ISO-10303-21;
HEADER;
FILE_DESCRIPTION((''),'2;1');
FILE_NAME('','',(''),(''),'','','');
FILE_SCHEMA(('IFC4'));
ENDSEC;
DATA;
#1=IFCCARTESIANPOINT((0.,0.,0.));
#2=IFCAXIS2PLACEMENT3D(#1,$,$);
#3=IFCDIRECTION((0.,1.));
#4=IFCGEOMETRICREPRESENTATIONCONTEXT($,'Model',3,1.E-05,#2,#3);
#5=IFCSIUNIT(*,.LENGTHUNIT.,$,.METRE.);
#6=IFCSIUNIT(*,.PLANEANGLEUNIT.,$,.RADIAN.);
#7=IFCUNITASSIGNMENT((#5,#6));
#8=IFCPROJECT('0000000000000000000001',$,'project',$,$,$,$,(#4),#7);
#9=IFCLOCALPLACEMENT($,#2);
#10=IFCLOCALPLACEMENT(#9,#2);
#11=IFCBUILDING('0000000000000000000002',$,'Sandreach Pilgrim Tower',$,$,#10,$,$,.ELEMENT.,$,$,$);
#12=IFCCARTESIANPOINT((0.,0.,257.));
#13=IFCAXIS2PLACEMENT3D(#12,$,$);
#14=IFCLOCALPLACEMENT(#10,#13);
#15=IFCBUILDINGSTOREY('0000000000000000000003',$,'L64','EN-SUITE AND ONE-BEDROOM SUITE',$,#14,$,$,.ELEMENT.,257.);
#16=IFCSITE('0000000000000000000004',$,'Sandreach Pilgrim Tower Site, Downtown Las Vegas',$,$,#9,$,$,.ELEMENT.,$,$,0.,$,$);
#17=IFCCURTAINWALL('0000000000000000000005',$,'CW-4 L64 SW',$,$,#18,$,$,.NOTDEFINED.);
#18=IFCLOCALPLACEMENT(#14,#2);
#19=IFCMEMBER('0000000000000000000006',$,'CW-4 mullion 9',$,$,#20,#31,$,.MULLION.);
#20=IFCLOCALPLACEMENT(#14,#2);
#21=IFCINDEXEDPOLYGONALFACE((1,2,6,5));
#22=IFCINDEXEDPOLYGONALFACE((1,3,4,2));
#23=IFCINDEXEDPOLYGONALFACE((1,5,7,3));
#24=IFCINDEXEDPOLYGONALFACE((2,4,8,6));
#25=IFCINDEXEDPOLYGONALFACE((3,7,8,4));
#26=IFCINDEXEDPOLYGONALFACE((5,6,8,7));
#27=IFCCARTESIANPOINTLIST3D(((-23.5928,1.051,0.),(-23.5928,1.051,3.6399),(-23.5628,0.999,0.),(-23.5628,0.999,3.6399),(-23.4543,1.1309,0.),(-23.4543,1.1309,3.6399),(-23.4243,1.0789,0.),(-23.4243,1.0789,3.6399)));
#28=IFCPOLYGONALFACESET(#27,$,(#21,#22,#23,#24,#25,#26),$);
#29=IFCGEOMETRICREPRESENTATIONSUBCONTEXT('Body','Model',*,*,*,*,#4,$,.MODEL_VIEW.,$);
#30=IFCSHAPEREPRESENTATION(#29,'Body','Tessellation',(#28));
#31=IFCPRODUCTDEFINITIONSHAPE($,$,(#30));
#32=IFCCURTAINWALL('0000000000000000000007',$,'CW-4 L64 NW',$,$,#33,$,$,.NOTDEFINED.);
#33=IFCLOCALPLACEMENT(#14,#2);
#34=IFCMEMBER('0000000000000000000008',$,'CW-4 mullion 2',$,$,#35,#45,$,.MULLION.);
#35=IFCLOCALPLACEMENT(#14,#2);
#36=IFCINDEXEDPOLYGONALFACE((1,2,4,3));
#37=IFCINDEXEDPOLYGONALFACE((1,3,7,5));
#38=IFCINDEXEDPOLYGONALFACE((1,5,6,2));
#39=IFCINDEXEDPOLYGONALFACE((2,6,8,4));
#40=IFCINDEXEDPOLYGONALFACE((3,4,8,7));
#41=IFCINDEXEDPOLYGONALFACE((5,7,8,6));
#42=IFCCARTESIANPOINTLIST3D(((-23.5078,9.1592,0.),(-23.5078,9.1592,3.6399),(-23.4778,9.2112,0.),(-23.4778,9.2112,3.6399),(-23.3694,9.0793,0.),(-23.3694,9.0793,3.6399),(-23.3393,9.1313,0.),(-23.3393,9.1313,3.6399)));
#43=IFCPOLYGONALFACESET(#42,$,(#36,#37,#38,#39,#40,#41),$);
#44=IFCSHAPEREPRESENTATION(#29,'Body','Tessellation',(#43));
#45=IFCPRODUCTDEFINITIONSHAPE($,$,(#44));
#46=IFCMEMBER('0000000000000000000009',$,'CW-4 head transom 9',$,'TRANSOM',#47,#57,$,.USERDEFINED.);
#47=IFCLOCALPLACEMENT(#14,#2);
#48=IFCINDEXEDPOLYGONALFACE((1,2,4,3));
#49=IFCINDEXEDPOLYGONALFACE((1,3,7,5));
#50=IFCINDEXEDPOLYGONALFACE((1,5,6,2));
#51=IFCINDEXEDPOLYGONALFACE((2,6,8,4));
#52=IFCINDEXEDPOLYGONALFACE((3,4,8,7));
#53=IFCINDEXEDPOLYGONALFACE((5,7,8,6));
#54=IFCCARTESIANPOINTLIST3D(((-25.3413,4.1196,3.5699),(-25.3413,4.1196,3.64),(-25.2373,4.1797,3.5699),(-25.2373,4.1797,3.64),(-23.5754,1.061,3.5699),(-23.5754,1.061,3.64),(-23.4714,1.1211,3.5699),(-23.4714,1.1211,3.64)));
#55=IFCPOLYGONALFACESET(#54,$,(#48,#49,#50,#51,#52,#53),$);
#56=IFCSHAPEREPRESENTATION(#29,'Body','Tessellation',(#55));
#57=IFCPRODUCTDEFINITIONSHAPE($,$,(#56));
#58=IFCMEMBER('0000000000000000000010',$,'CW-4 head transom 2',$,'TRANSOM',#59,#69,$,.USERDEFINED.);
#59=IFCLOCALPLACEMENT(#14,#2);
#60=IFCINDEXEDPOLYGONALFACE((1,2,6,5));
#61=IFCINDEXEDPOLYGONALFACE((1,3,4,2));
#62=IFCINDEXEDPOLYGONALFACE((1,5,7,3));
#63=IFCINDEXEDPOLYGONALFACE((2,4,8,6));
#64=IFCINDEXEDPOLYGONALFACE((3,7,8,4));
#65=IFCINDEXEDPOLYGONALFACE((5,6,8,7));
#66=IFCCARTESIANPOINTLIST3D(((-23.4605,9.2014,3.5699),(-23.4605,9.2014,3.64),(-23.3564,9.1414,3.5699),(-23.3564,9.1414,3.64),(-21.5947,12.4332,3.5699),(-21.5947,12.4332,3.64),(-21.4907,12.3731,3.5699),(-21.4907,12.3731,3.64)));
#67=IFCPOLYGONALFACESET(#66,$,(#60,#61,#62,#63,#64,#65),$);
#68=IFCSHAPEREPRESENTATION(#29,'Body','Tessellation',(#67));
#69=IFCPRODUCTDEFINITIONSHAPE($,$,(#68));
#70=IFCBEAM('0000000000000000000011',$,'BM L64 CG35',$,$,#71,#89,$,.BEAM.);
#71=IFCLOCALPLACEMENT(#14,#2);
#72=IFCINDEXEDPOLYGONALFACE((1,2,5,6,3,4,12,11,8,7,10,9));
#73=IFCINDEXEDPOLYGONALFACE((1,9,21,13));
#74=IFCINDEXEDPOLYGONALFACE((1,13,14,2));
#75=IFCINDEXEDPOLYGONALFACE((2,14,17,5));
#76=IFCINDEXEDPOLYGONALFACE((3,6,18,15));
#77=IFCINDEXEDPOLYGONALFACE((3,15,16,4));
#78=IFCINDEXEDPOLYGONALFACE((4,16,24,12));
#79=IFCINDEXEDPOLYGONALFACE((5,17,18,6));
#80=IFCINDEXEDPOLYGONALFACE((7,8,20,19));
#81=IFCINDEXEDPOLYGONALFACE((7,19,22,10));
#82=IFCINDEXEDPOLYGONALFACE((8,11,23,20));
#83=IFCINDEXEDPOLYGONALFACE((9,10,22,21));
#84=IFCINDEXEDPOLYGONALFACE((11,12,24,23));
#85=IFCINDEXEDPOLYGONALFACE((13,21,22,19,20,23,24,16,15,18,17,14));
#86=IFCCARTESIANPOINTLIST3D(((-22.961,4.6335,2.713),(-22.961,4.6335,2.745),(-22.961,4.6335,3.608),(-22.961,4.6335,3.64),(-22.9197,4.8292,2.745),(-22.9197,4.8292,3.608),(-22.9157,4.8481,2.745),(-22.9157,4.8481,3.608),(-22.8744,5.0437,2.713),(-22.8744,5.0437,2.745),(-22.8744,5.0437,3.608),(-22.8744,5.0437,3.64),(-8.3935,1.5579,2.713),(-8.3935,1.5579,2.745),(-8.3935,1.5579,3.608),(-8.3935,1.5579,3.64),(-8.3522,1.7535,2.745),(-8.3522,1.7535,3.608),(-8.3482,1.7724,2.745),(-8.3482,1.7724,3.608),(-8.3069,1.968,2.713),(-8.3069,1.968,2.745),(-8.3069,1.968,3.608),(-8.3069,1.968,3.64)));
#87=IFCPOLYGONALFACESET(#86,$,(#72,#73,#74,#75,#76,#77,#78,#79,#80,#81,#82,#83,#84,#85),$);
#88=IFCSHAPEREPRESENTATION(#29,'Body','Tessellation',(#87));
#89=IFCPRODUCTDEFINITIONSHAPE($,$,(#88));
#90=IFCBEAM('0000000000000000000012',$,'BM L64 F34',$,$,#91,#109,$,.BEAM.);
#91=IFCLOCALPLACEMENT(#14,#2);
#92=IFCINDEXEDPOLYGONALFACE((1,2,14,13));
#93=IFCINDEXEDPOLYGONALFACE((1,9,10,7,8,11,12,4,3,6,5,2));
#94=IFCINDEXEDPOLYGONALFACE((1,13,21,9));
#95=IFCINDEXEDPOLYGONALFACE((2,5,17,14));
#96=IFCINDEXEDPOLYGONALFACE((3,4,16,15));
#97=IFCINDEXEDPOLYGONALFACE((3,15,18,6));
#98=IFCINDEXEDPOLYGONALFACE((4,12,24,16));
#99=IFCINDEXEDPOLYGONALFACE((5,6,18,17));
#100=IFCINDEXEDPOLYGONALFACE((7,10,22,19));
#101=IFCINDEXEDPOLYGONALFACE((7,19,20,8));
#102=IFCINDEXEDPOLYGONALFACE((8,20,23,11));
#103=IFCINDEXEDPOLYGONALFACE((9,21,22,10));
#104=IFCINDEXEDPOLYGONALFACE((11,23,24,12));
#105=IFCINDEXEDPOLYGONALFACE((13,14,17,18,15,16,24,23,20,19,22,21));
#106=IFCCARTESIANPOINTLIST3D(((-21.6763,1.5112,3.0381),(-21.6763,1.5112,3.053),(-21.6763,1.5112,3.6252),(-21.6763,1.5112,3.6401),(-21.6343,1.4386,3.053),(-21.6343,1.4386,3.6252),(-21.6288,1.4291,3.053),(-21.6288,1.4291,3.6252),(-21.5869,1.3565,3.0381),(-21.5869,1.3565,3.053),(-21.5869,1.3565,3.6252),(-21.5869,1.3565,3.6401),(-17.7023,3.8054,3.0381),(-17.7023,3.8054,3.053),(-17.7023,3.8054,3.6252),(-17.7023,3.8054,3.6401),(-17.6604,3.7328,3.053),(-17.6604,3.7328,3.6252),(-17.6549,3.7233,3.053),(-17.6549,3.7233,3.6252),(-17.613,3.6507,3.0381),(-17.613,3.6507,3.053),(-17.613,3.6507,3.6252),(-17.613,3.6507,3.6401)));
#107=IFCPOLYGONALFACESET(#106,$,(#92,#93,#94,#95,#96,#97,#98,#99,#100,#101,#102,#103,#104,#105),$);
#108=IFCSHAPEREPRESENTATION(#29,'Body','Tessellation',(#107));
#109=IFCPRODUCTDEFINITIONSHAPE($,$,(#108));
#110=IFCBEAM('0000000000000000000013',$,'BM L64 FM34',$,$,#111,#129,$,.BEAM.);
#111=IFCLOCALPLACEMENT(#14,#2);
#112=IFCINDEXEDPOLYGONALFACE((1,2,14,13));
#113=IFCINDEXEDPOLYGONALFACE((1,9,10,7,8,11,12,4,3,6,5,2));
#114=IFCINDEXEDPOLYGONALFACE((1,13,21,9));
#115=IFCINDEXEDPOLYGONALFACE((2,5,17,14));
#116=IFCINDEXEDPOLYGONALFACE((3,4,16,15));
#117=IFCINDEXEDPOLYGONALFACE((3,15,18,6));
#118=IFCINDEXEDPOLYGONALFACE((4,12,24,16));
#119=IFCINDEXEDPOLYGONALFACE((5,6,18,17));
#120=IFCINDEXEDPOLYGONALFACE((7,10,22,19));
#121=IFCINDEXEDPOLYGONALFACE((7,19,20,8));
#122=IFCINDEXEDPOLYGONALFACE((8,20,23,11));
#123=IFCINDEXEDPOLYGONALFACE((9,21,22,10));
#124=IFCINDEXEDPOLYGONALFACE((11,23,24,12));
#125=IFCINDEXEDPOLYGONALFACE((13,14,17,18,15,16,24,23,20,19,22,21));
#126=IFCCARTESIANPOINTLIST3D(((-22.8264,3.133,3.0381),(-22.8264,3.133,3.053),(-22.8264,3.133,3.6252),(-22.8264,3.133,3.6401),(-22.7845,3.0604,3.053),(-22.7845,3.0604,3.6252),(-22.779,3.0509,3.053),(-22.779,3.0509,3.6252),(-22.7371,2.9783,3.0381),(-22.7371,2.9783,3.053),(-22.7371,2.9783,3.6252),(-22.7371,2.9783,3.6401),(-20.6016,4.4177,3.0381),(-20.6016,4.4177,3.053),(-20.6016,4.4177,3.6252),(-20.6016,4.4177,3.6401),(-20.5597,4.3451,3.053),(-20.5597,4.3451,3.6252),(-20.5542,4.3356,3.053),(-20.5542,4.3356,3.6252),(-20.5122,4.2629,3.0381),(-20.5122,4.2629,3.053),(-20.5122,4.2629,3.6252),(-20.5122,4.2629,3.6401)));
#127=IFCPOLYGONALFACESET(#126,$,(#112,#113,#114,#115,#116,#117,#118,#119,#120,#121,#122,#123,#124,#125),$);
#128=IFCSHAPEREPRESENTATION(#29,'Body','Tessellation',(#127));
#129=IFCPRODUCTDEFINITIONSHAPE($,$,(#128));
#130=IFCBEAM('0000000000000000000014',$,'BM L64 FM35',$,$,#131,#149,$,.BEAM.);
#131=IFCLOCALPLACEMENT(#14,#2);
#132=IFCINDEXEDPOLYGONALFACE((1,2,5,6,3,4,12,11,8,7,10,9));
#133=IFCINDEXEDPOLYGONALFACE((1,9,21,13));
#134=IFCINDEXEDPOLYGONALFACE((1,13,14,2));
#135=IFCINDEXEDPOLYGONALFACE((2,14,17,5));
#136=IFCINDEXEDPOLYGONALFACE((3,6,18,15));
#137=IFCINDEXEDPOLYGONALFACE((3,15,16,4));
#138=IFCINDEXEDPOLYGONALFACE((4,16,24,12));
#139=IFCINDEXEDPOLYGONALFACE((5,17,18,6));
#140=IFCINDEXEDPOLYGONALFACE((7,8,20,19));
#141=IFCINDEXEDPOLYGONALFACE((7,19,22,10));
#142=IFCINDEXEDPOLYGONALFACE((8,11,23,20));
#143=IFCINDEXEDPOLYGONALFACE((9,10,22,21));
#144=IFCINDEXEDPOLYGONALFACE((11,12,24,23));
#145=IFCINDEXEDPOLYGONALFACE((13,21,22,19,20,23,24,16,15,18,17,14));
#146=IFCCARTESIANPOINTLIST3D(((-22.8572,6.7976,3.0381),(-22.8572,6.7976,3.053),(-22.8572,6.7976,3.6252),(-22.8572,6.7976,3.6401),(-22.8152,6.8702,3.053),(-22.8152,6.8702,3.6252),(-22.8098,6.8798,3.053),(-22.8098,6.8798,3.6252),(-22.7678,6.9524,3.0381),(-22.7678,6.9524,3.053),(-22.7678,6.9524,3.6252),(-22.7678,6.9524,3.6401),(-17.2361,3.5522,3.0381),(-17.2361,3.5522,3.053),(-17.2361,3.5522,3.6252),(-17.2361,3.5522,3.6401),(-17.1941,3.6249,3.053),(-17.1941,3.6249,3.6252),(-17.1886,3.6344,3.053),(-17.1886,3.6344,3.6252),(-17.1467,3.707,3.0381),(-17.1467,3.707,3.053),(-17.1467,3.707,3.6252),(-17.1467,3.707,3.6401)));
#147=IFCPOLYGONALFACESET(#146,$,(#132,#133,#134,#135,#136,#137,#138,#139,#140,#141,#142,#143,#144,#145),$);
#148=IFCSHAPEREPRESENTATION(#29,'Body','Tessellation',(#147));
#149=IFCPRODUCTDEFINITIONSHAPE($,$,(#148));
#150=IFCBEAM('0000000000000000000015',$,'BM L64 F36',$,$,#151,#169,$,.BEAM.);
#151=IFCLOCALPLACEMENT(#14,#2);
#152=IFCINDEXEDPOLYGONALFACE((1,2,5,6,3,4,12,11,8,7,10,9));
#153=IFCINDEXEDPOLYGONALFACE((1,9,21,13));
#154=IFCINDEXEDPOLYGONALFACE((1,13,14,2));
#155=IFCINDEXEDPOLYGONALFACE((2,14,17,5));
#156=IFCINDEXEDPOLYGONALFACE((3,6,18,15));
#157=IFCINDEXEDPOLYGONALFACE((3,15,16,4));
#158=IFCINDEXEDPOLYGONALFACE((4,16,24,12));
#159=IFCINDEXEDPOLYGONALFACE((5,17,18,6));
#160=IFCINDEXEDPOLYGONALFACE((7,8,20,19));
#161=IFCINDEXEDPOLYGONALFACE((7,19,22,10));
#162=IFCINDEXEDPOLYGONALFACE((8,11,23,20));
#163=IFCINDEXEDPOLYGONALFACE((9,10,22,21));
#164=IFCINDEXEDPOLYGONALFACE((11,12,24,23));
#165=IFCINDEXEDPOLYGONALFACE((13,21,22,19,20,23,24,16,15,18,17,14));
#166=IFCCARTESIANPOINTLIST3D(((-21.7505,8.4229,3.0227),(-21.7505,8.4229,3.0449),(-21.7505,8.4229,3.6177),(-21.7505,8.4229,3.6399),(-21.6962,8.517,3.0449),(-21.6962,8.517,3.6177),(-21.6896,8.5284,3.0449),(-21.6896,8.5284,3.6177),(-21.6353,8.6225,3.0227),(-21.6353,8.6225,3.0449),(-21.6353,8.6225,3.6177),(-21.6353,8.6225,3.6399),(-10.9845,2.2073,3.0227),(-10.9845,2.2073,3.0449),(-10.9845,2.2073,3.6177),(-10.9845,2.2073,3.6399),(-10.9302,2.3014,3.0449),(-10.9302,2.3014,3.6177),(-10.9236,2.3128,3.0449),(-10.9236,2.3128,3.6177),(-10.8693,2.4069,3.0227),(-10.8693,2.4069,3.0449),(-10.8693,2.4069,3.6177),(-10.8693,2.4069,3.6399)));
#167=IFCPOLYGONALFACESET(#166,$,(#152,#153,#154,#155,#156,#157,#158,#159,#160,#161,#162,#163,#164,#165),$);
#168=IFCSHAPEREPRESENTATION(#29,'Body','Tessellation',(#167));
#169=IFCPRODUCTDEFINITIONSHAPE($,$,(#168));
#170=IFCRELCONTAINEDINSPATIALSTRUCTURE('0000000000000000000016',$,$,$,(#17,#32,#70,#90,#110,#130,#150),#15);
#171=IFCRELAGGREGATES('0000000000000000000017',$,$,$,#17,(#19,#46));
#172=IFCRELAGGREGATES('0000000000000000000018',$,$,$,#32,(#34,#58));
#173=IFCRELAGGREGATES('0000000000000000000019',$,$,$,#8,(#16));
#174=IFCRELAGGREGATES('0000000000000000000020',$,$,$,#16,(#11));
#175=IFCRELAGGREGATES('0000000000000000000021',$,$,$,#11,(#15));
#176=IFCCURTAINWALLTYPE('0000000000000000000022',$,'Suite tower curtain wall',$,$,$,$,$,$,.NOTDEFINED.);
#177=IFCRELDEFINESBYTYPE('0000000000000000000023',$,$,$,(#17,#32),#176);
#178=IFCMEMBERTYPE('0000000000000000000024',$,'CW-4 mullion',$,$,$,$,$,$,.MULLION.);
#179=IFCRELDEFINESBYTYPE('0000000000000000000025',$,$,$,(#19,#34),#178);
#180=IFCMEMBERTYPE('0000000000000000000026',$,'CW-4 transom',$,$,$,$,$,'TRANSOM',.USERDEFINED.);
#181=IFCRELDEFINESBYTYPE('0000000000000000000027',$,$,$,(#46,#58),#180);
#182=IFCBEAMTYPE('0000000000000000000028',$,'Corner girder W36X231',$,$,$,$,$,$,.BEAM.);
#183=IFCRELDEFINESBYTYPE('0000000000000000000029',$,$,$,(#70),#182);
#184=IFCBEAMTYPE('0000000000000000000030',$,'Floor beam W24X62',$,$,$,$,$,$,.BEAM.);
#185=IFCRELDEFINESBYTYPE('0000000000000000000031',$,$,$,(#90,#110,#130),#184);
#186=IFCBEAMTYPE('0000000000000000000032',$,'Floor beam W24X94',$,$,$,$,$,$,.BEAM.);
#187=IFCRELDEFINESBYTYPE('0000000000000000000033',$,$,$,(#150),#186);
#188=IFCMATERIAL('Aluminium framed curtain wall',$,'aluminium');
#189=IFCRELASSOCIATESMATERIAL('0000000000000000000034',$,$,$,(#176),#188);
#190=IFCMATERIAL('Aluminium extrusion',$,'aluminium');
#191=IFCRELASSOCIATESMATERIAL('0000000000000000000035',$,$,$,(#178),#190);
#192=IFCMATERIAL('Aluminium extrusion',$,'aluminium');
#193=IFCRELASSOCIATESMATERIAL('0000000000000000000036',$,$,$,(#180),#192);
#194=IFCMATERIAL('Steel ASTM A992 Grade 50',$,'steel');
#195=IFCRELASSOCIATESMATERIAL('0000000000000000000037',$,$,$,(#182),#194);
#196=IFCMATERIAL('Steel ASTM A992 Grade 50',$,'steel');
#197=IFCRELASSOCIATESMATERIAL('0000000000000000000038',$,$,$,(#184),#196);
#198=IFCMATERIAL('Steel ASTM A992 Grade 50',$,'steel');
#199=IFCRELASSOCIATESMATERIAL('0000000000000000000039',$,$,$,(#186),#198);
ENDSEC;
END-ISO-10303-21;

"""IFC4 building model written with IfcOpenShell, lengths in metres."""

from ifc_helpers import new_model, si_unit, direction, frame, origin, origin_2d, place, context, subcontext, project, spatial, rectangle, i_section, extrude, material, material_profile, profile_set, type_object, element, aggregate, save


model = new_model("IFC4")

# Units and contexts
model_context = context("Model", 3, precision=1e-05, world=origin(), true_north=direction((0.0, 1.0)))
body_context = subcontext(model_context, "Body", "Model", "MODEL_VIEW")
ifc_project = project(units=[si_unit("LENGTHUNIT", "METRE"), si_unit("PLANEANGLEUNIT", "RADIAN")], contexts=[model_context])

# Site, building, storey
site_placement = place(None, origin())
site = spatial("IfcSite", under=ifc_project, at=site_placement, Name="Sandreach Pilgrim Tower Site, Downtown Las Vegas", CompositionType="ELEMENT", RefElevation=0.0)
building_placement = place(site_placement, origin())
building = spatial("IfcBuilding", under=site, at=building_placement, Name="Sandreach Pilgrim Tower", CompositionType="ELEMENT")
storey_placement = place(building_placement, frame((0.0, 0.0, 257.0)))
storey = spatial("IfcBuildingStorey", under=building, at=storey_placement, Name="L64", Description="EN-SUITE AND ONE-BEDROOM SUITE", CompositionType="ELEMENT", Elevation=257.0)

# Curtain walls, members
ifc_material_1 = material(Name="Aluminium framed curtain wall", Category="aluminium")
curtain_wall_type = type_object("IfcCurtainWallType", Name="Suite tower curtain wall", PredefinedType="NOTDEFINED", material=ifc_material_1)
curtain_wall_1_placement = place(storey_placement, origin())
curtain_wall_1 = element("IfcCurtainWall", 1, at=curtain_wall_1_placement, inside=storey, type_object=curtain_wall_type, Name="CW-4 L64 SW", PredefinedType="NOTDEFINED")
ifc_material_2 = material(Name="Aluminium extrusion", Category="aluminium")
ifc_material_profile_1 = material_profile(ifc_material_2, rectangle(XDim=0.0601, YDim=0.1599, at=origin_2d()), Name="CW-4M 60X160")
ifc_profile_set_1 = profile_set([ifc_material_profile_1], Name="Aluminium extrusion")
member_type_1 = type_object("IfcMemberType", Name="CW-4 mullion", PredefinedType="MULLION", material=ifc_profile_set_1)
member_1_placement = place(storey_placement, frame((-23.5085, 1.0649, 0.0), z_axis=(0.0, 0.0, 1.0), x_axis=(-0.5, 0.866025, 0.0)))
member_1 = element("IfcMember", 2, at=member_1_placement, type_object=member_type_1, Name="CW-4 mullion 9", PredefinedType="MULLION", context=body_context, shape_type="SweptSolid", body=[
    extrude(rectangle(XDim=0.0601, YDim=0.1599, at=origin_2d()), origin(), (0.0, 0.0, 1.0), 3.6399),
])
curtain_wall_2_placement = place(storey_placement, origin())
curtain_wall_2 = element("IfcCurtainWall", 3, at=curtain_wall_2_placement, inside=storey, type_object=curtain_wall_type, Name="CW-4 L64 NW", PredefinedType="NOTDEFINED")
member_2_placement = place(storey_placement, frame((-23.4236, 9.1453, 0.0), z_axis=(0.0, 0.0, 1.0), x_axis=(0.5, 0.866025, 0.0)))
member_2 = element("IfcMember", 4, at=member_2_placement, type_object=member_type_1, Name="CW-4 mullion 2", PredefinedType="MULLION", context=body_context, shape_type="SweptSolid", body=[
    extrude(rectangle(XDim=0.0601, YDim=0.1599, at=origin_2d()), origin(), (0.0, 0.0, 1.0), 3.6399),
])

# Members
ifc_material_3 = material(Name="Aluminium extrusion", Category="aluminium")
ifc_material_profile_2 = material_profile(ifc_material_3, rectangle(XDim=0.1201, YDim=0.0701, at=origin_2d()), Name="CW-4T 120X70")
ifc_profile_set_2 = profile_set([ifc_material_profile_2], Name="Aluminium extrusion")
member_type_2 = type_object("IfcMemberType", Name="CW-4 transom", ElementType="TRANSOM", PredefinedType="USERDEFINED", material=ifc_profile_set_2)
member_3_placement = place(storey_placement, frame((-23.5234, 1.0911, 3.605), z_axis=(-0.499998, 0.866027, 0.0), x_axis=(-0.866027, -0.499998, 0.0)))
member_3 = element("IfcMember", 5, at=member_3_placement, type_object=member_type_2, Name="CW-4 head transom 9", ObjectType="TRANSOM", PredefinedType="USERDEFINED", context=body_context, shape_type="SweptSolid", body=[
    extrude(rectangle(XDim=0.1201, YDim=0.0701, at=origin_2d()), origin(), (0.0, 0.0, 1.0), 3.5317),
])
member_4_placement = place(storey_placement, frame((-23.4084, 9.1714, 3.605), z_axis=(0.499981, 0.866036, 0.0), x_axis=(-0.866036, 0.499981, 0.0)))
member_4 = element("IfcMember", 6, at=member_4_placement, type_object=member_type_2, Name="CW-4 head transom 2", ObjectType="TRANSOM", PredefinedType="USERDEFINED", context=body_context, shape_type="SweptSolid", body=[
    extrude(rectangle(XDim=0.1201, YDim=0.0701, at=origin_2d()), origin(), (0.0, 0.0, 1.0), 3.7317),
])

# Beams
ifc_material_4 = material(Name="Steel ASTM A992 Grade 50", Category="steel")
ifc_material_profile_3 = material_profile(ifc_material_4, i_section(OverallWidth=0.4192, OverallDepth=0.927, WebThickness=0.0193, FlangeThickness=0.032, at=origin_2d()), Name="W36X231")
ifc_profile_set_3 = profile_set([ifc_material_profile_3], Name="Steel ASTM A992 Grade 50")
beam_type_1 = type_object("IfcBeamType", Name="Corner girder W36X231", PredefinedType="BEAM", material=ifc_profile_set_3)
beam_1_placement = place(storey_placement, frame((-22.9177, 4.8386, 3.1765), z_axis=(0.97843, -0.206577, 0.0), x_axis=(0.206577, 0.97843, 0.0)))
element("IfcBeam", 7, at=beam_1_placement, inside=storey, type_object=beam_type_1, Name="BM L64 CG35", PredefinedType="BEAM", context=body_context, shape_type="SweptSolid", body=[
    extrude(i_section(OverallWidth=0.4192, OverallDepth=0.927, WebThickness=0.0193, FlangeThickness=0.032, at=origin_2d()), origin(), (0.0, 0.0, 1.0), 14.8887),
])
ifc_material_5 = material(Name="Steel ASTM A992 Grade 50", Category="steel")
ifc_material_profile_4 = material_profile(ifc_material_5, i_section(OverallWidth=0.1787, OverallDepth=0.6021, WebThickness=0.011, FlangeThickness=0.0149, at=origin_2d()), Name="W24X62")
ifc_profile_set_4 = profile_set([ifc_material_profile_4], Name="Steel ASTM A992 Grade 50")
beam_type_2 = type_object("IfcBeamType", Name="Floor beam W24X62", PredefinedType="BEAM", material=ifc_profile_set_4)
beam_2_placement = place(storey_placement, frame((-21.6316, 1.4338, 3.3391), z_axis=(0.866038, 0.499979, 0.0), x_axis=(-0.499979, 0.866038, 0.0)))
element("IfcBeam", 8, at=beam_2_placement, inside=storey, type_object=beam_type_2, Name="BM L64 F34", PredefinedType="BEAM", context=body_context, shape_type="SweptSolid", body=[
    extrude(i_section(OverallWidth=0.1787, OverallDepth=0.6021, WebThickness=0.011, FlangeThickness=0.0149, at=origin_2d()), origin(), (0.0, 0.0, 1.0), 4.5886),
])
beam_3_placement = place(storey_placement, frame((-22.7817, 3.0557, 3.3391), z_axis=(0.866, 0.500043, 0.0), x_axis=(-0.500043, 0.866, 0.0)))
element("IfcBeam", 9, at=beam_3_placement, inside=storey, type_object=beam_type_2, Name="BM L64 FM34", PredefinedType="BEAM", context=body_context, shape_type="SweptSolid", body=[
    extrude(i_section(OverallWidth=0.1787, OverallDepth=0.6021, WebThickness=0.011, FlangeThickness=0.0149, at=origin_2d()), origin(), (0.0, 0.0, 1.0), 2.5691),
])
beam_4_placement = place(storey_placement, frame((-22.8125, 6.875, 3.3391), z_axis=(0.866024, -0.500002, 0.0), x_axis=(0.500002, 0.866024, 0.0)))
element("IfcBeam", 10, at=beam_4_placement, inside=storey, type_object=beam_type_2, Name="BM L64 FM35", PredefinedType="BEAM", context=body_context, shape_type="SweptSolid", body=[
    extrude(i_section(OverallWidth=0.1787, OverallDepth=0.6021, WebThickness=0.011, FlangeThickness=0.0149, at=origin_2d()), origin(), (0.0, 0.0, 1.0), 6.4907),
])
ifc_material_6 = material(Name="Steel ASTM A992 Grade 50", Category="steel")
ifc_material_profile_5 = material_profile(ifc_material_6, i_section(OverallWidth=0.2305, OverallDepth=0.6172, WebThickness=0.0132, FlangeThickness=0.0222, at=origin_2d()), Name="W24X94")
ifc_profile_set_5 = profile_set([ifc_material_profile_5], Name="Steel ASTM A992 Grade 50")
beam_type_3 = type_object("IfcBeamType", Name="Floor beam W24X94", PredefinedType="BEAM", material=ifc_profile_set_5)
beam_5_placement = place(storey_placement, frame((-21.6929, 8.5227, 3.3313), z_axis=(0.866029, -0.499994, 0.0), x_axis=(0.499994, 0.866029, 0.0)))
element("IfcBeam", 11, at=beam_5_placement, inside=storey, type_object=beam_type_3, Name="BM L64 F36", PredefinedType="BEAM", context=body_context, shape_type="SweptSolid", body=[
    extrude(i_section(OverallWidth=0.2305, OverallDepth=0.6172, WebThickness=0.0132, FlangeThickness=0.0222, at=origin_2d()), origin(), (0.0, 0.0, 1.0), 12.4314),
])

aggregate(curtain_wall_1, [member_1, member_3])
aggregate(curtain_wall_2, [member_2, member_4])

save(model, "model.ifc")
